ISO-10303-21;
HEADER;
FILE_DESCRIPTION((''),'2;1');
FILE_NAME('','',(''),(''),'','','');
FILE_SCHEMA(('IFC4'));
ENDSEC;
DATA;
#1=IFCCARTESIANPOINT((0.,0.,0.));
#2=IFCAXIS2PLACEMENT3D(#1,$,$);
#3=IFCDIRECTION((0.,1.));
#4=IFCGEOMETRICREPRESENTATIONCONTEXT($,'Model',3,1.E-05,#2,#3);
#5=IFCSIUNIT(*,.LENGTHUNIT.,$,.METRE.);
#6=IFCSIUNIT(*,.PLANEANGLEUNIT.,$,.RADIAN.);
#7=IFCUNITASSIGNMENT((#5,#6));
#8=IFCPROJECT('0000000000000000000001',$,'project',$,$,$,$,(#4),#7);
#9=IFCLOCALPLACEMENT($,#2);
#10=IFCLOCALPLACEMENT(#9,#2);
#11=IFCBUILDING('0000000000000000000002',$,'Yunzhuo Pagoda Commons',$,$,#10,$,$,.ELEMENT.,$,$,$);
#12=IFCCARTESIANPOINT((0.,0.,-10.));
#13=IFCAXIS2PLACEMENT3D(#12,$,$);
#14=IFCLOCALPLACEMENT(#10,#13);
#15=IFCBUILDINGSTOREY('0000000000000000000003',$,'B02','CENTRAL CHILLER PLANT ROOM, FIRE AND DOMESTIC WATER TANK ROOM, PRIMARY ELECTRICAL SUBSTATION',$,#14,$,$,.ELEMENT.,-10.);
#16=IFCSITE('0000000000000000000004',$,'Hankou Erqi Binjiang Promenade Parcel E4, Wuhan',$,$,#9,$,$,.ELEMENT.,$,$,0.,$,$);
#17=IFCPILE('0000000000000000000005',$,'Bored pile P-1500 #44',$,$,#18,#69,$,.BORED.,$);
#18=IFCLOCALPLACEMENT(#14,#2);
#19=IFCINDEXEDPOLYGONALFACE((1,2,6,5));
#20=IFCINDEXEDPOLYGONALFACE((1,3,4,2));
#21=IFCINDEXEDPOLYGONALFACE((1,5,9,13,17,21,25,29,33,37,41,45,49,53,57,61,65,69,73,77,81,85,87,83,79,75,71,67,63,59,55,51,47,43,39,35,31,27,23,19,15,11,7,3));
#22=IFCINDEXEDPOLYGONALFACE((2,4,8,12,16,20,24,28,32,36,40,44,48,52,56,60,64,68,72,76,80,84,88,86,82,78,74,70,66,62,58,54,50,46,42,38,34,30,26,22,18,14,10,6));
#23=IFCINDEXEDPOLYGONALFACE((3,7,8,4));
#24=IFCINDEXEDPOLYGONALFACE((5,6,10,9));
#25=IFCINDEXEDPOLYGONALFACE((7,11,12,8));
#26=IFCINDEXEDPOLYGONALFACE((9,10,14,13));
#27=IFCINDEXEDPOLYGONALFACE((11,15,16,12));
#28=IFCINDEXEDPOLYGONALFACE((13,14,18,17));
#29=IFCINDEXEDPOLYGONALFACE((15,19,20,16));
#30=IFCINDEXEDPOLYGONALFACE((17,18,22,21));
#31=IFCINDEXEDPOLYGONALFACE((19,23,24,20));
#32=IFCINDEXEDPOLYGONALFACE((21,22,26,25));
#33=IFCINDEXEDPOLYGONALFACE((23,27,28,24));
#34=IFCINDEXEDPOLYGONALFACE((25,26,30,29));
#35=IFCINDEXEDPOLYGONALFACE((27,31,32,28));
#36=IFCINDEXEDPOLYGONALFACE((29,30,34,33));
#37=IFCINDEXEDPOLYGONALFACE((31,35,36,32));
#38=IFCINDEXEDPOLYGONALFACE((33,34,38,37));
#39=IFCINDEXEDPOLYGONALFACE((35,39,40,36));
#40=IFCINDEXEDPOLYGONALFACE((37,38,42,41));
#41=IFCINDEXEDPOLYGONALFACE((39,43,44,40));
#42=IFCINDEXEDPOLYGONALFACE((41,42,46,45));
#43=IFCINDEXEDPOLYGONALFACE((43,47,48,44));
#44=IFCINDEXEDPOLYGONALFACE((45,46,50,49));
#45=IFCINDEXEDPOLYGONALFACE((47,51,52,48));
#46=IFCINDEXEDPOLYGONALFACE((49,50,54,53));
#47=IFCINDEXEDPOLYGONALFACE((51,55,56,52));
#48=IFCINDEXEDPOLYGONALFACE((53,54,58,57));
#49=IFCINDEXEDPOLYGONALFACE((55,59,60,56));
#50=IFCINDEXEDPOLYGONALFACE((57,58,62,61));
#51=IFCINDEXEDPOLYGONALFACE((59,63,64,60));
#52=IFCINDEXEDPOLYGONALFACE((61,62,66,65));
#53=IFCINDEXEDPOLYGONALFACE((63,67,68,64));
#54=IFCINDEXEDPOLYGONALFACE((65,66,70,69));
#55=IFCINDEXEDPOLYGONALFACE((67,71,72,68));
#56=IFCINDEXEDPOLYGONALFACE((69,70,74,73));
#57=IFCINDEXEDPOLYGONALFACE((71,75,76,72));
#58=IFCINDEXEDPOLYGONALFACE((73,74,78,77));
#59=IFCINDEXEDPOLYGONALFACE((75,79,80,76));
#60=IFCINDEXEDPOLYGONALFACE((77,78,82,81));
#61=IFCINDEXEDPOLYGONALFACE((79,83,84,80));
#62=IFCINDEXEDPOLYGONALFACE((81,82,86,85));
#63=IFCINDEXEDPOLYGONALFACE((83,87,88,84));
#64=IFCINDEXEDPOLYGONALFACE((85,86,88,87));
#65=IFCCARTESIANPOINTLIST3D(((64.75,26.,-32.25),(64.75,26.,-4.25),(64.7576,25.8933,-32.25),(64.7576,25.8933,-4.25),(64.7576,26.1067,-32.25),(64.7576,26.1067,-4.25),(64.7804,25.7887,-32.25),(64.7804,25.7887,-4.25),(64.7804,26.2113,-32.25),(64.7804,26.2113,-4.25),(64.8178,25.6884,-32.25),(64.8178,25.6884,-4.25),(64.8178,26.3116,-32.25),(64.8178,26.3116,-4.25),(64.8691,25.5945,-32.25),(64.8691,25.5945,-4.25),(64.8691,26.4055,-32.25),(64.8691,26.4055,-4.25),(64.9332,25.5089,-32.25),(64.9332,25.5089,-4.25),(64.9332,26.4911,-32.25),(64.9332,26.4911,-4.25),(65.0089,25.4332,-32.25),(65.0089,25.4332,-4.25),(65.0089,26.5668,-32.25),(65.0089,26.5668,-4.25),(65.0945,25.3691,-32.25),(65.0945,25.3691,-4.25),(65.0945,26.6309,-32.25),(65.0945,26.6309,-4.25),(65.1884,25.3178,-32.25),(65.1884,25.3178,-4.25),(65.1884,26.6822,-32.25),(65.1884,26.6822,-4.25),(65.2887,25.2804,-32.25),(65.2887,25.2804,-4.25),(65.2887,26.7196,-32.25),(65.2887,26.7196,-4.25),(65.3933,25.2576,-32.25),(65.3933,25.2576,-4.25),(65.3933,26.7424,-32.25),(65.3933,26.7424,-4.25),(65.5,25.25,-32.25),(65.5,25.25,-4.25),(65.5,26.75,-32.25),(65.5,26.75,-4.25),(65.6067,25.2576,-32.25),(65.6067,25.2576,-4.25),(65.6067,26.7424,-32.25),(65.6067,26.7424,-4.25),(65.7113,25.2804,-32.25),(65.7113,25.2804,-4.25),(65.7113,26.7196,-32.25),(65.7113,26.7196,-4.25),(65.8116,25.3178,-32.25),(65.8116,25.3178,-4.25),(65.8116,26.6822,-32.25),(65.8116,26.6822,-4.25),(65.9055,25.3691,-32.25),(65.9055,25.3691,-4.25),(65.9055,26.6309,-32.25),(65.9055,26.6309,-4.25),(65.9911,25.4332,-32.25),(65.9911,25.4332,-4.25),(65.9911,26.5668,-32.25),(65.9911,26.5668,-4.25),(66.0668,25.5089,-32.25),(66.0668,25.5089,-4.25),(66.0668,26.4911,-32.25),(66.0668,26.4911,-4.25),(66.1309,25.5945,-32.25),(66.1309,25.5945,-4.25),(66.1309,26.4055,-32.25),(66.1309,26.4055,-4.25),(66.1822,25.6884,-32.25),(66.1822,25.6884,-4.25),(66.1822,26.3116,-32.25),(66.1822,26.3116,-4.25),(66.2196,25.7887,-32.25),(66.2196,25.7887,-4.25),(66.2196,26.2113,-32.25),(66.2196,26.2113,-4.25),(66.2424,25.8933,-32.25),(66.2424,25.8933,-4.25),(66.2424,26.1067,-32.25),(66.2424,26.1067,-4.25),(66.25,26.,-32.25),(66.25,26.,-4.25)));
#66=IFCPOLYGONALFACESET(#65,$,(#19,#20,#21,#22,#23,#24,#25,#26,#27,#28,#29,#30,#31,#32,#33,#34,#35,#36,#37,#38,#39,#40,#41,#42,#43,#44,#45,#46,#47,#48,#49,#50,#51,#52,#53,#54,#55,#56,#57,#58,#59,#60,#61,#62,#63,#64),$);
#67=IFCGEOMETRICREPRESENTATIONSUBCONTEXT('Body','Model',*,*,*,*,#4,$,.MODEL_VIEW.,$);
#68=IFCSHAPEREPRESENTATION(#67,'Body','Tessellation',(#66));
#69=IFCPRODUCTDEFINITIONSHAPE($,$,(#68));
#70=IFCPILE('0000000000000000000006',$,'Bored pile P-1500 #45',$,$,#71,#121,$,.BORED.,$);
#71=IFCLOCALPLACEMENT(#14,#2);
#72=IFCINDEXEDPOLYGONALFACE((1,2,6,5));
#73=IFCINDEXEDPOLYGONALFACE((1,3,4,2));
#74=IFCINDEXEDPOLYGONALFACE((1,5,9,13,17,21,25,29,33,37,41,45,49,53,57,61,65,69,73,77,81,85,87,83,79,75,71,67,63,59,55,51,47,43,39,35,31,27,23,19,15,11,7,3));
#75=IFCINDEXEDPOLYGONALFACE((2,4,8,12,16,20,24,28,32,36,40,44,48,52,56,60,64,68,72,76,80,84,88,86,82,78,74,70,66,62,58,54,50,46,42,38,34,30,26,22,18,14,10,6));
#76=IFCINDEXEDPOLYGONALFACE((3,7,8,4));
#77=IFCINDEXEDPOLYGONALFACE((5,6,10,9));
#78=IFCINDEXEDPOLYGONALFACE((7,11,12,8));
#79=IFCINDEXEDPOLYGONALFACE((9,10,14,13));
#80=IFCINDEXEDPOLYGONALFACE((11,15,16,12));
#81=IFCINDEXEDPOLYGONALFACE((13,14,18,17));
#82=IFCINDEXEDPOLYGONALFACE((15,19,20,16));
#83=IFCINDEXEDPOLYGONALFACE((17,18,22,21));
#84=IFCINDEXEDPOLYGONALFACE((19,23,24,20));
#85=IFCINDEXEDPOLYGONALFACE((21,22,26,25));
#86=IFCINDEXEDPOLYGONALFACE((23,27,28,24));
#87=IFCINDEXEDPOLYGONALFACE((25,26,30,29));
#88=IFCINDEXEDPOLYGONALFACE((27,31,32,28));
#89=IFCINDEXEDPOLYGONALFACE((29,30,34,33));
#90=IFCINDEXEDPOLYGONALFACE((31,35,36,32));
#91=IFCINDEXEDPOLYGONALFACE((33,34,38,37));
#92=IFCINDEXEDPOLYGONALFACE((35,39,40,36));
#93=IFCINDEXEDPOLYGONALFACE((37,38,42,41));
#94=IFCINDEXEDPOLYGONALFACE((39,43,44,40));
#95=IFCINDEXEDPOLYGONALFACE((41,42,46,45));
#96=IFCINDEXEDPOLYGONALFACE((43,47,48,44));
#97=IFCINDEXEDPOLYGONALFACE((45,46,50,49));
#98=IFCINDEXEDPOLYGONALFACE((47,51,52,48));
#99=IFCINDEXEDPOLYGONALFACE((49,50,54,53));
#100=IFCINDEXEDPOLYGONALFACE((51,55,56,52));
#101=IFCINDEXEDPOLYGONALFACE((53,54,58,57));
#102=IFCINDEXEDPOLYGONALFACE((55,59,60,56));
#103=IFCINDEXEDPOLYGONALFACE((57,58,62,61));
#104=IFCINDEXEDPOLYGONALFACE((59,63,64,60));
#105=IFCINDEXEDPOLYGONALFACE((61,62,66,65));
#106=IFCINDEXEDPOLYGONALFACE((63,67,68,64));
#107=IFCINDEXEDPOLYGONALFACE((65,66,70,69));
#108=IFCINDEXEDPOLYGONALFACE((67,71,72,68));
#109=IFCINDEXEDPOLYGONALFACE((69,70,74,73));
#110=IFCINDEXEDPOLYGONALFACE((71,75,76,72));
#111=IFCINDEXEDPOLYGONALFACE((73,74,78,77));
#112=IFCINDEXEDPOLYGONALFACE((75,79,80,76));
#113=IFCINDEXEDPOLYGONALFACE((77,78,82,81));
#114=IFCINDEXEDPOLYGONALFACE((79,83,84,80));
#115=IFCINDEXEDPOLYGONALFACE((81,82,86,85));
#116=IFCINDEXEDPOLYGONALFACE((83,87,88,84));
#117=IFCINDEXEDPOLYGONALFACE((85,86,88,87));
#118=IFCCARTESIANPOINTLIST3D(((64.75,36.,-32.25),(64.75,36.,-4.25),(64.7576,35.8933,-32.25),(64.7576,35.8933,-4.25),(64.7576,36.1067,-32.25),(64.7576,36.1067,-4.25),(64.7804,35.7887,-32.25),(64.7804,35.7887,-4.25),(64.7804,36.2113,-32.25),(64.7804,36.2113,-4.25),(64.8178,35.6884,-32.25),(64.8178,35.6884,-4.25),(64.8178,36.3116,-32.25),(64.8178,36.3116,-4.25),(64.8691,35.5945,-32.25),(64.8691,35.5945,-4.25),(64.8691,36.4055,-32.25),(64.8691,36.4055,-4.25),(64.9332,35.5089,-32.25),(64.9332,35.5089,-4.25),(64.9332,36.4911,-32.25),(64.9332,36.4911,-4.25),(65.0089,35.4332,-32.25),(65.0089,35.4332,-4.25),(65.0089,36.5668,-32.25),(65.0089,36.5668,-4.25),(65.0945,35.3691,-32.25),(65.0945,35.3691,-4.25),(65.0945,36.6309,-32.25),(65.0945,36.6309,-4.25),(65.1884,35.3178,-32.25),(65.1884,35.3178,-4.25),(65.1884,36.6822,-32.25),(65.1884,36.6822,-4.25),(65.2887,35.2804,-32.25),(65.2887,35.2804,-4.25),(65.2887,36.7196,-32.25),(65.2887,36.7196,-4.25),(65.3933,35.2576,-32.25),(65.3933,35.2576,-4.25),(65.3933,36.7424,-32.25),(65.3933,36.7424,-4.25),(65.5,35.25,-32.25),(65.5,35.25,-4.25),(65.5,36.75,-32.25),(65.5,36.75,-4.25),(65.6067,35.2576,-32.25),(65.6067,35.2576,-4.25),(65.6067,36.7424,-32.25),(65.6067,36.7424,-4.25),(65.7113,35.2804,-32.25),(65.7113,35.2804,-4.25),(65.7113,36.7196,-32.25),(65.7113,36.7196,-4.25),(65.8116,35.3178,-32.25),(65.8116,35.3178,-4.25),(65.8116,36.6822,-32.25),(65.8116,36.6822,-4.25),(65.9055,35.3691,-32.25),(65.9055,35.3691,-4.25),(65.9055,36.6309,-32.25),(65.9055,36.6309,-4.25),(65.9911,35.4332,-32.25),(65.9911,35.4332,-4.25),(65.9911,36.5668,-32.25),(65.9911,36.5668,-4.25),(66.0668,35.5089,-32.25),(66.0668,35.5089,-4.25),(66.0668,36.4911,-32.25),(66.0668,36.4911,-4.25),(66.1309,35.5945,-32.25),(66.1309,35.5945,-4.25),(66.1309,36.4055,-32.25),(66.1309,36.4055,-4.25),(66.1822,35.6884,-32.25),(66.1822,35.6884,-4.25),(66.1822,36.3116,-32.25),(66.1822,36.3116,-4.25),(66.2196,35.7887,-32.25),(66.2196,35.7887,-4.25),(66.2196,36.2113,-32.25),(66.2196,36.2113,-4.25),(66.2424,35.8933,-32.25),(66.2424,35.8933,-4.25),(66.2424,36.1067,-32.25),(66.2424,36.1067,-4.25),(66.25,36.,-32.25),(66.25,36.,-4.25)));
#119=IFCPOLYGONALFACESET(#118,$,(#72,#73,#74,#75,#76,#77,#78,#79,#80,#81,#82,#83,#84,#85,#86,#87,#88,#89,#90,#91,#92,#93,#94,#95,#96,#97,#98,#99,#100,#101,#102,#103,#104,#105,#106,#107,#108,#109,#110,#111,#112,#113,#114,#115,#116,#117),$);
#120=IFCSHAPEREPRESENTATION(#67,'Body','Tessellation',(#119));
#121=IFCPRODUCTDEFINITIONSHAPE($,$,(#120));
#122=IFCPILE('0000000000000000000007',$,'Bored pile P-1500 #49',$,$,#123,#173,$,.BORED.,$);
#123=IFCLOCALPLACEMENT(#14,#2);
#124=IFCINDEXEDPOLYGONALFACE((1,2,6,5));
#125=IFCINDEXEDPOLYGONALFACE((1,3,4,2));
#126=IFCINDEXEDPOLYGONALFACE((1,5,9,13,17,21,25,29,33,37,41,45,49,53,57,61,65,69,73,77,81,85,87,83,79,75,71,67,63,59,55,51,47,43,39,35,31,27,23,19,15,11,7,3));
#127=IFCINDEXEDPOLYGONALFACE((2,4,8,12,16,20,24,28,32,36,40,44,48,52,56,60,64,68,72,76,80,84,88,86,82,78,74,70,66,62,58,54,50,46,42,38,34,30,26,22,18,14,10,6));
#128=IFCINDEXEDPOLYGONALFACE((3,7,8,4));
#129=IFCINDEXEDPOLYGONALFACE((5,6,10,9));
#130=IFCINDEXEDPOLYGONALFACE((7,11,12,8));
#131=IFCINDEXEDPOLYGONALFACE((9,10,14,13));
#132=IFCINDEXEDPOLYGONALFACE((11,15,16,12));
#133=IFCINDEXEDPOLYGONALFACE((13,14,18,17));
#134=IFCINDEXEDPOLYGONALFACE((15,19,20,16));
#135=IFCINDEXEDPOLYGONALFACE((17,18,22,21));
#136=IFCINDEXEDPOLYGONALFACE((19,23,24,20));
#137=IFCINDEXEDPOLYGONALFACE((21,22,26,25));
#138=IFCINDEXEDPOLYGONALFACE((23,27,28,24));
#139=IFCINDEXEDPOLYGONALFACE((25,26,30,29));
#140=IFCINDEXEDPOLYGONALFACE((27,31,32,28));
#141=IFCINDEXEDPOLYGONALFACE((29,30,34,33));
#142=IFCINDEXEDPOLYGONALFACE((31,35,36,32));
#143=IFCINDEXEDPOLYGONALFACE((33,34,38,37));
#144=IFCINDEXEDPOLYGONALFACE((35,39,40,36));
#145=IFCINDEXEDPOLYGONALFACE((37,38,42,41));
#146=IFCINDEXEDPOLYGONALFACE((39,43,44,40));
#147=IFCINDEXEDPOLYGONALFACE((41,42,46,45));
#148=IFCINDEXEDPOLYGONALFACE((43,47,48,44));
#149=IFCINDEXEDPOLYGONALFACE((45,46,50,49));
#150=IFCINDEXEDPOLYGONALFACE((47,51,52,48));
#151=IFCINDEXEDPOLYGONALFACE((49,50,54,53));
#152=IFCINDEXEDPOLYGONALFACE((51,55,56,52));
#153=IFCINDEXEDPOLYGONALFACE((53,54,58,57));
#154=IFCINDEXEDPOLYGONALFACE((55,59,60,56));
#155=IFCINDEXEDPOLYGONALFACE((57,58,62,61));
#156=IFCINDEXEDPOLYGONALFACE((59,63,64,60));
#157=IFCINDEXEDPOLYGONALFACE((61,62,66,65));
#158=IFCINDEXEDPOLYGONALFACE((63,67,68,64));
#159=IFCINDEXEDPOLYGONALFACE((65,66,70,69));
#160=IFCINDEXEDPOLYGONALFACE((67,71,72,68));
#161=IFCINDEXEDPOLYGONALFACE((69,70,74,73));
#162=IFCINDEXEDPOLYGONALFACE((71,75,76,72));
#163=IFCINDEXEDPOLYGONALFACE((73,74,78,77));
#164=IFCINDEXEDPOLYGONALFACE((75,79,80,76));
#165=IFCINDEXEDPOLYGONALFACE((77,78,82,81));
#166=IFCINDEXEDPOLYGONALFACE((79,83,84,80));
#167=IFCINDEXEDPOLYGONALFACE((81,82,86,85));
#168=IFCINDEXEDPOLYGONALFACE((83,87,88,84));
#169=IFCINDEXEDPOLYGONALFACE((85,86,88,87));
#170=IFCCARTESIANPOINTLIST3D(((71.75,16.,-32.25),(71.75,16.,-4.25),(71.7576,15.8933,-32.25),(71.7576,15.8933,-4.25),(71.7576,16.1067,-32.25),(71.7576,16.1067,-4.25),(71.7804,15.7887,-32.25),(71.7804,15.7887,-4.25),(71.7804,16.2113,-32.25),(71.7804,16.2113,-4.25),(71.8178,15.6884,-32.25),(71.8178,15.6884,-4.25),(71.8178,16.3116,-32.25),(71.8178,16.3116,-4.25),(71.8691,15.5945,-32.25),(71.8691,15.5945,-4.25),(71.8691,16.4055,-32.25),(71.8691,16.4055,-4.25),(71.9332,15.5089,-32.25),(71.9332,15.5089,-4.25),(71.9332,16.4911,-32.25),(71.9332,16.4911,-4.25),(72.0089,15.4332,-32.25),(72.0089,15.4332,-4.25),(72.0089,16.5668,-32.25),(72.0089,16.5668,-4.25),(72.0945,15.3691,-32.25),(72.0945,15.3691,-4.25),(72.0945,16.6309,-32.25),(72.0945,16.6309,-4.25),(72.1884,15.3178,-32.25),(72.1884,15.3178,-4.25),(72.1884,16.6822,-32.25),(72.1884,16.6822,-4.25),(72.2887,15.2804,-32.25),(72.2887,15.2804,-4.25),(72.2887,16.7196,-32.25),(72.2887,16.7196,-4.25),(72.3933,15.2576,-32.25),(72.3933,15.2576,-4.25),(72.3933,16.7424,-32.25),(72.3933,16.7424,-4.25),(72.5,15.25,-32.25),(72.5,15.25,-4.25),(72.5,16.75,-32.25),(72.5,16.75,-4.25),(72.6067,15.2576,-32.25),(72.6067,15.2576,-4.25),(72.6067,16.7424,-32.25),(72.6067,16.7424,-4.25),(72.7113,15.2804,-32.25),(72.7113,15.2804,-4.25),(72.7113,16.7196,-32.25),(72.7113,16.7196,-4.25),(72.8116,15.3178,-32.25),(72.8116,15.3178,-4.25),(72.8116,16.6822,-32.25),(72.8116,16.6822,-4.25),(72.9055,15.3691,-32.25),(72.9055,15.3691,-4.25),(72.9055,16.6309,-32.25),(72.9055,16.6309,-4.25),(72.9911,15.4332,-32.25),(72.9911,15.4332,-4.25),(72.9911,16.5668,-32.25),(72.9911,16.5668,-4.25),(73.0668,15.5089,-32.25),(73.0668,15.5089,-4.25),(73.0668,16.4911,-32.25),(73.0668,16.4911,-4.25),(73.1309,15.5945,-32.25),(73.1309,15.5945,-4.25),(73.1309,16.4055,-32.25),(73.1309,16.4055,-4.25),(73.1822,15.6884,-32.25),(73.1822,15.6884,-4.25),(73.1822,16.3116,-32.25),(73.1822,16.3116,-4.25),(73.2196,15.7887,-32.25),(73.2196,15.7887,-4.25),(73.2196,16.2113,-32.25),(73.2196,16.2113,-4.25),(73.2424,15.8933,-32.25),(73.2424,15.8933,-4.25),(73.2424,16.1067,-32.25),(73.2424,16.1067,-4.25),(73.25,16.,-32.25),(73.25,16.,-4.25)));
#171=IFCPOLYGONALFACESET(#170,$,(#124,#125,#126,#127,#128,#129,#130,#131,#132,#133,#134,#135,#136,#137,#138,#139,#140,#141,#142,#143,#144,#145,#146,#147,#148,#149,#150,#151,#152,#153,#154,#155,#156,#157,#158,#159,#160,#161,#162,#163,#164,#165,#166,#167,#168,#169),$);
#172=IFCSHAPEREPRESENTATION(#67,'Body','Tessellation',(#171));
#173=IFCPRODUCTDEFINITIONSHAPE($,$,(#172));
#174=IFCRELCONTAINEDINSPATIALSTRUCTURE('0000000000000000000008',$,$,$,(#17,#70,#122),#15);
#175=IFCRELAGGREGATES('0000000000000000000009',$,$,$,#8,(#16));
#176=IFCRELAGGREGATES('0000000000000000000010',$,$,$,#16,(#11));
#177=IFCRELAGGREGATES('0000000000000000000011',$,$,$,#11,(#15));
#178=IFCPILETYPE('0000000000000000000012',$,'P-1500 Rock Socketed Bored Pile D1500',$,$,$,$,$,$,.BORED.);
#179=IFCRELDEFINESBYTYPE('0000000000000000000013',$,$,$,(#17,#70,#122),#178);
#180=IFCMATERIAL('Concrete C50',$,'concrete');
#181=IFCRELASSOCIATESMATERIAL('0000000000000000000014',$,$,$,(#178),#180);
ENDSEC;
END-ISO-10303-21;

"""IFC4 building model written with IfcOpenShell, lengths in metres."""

from ifc_helpers import new_model, si_unit, direction, frame, origin, origin_2d, place, context, subcontext, project, spatial, circle, extrude, source, transform, mapped, material, material_profile, profile_set, type_object, element, save


model = new_model("IFC4")

# Units and contexts
model_context = context("Model", 3, precision=1e-05, world=origin(), true_north=direction((0.0, 1.0)))
body_context = subcontext(model_context, "Body", "Model", "MODEL_VIEW")
ifc_project = project(units=[si_unit("LENGTHUNIT", "METRE"), si_unit("PLANEANGLEUNIT", "RADIAN")], contexts=[model_context])

# Site, building, storey
site_placement = place(None, origin())
site = spatial("IfcSite", under=ifc_project, at=site_placement, Name="Hankou Erqi Binjiang Promenade Parcel E4, Wuhan", CompositionType="ELEMENT", RefElevation=0.0)
building_placement = place(site_placement, origin())
building = spatial("IfcBuilding", under=site, at=building_placement, Name="Yunzhuo Pagoda Commons", CompositionType="ELEMENT")
storey_placement = place(building_placement, frame((0.0, 0.0, -10.0)))
storey = spatial("IfcBuildingStorey", under=building, at=storey_placement, Name="B02", Description="CENTRAL CHILLER PLANT ROOM, FIRE AND DOMESTIC WATER TANK ROOM, PRIMARY ELECTRICAL SUBSTATION", CompositionType="ELEMENT", Elevation=-10.0)

# Piles
ifc_material_1 = material(Name="Concrete C50", Category="concrete")
ifc_material_profile_1 = material_profile(ifc_material_1, circle(Radius=0.75, at=origin_2d()), Name="Concrete C50")
ifc_profile_set_1 = profile_set([ifc_material_profile_1], Name="Concrete C50")
pile_type_1 = type_object("IfcPileType", Name="P-1500 Rock Socketed Bored Pile D1500", PredefinedType="BORED", material=ifc_profile_set_1)
shared_shape_1 = source(origin(), body_context, "Body", "SweptSolid", [
    extrude(circle(Radius=0.75, at=origin_2d()), origin(), (0.0, 0.0, 1.0), 28.0),
])
for number, where, z_axis, x_axis, name in (
    (1, (65.5, 26.0, -4.25), (0.0, 0.0, -1.0), (1.0, 0.0, 0.0), "Bored pile P-1500 #44"),
    (2, (65.5, 36.0, -4.25), (0.0, 0.0, -1.0), (1.0, 0.0, 0.0), "Bored pile P-1500 #45"),
    (3, (72.5, 16.0, -4.25), (0.0, 0.0, -1.0), (1.0, 0.0, 0.0), "Bored pile P-1500 #49"),
):
    element("IfcPile", number, at=place(storey_placement, frame(where, z_axis=z_axis, x_axis=x_axis)), inside=storey, type_object=pile_type_1, Name=name, PredefinedType="BORED", context=body_context, shape_type="MappedRepresentation", body=[
        mapped(shared_shape_1, transform((0.0, 0.0, 0.0), scale=1.0)),
    ])

save(model, "model.ifc")
